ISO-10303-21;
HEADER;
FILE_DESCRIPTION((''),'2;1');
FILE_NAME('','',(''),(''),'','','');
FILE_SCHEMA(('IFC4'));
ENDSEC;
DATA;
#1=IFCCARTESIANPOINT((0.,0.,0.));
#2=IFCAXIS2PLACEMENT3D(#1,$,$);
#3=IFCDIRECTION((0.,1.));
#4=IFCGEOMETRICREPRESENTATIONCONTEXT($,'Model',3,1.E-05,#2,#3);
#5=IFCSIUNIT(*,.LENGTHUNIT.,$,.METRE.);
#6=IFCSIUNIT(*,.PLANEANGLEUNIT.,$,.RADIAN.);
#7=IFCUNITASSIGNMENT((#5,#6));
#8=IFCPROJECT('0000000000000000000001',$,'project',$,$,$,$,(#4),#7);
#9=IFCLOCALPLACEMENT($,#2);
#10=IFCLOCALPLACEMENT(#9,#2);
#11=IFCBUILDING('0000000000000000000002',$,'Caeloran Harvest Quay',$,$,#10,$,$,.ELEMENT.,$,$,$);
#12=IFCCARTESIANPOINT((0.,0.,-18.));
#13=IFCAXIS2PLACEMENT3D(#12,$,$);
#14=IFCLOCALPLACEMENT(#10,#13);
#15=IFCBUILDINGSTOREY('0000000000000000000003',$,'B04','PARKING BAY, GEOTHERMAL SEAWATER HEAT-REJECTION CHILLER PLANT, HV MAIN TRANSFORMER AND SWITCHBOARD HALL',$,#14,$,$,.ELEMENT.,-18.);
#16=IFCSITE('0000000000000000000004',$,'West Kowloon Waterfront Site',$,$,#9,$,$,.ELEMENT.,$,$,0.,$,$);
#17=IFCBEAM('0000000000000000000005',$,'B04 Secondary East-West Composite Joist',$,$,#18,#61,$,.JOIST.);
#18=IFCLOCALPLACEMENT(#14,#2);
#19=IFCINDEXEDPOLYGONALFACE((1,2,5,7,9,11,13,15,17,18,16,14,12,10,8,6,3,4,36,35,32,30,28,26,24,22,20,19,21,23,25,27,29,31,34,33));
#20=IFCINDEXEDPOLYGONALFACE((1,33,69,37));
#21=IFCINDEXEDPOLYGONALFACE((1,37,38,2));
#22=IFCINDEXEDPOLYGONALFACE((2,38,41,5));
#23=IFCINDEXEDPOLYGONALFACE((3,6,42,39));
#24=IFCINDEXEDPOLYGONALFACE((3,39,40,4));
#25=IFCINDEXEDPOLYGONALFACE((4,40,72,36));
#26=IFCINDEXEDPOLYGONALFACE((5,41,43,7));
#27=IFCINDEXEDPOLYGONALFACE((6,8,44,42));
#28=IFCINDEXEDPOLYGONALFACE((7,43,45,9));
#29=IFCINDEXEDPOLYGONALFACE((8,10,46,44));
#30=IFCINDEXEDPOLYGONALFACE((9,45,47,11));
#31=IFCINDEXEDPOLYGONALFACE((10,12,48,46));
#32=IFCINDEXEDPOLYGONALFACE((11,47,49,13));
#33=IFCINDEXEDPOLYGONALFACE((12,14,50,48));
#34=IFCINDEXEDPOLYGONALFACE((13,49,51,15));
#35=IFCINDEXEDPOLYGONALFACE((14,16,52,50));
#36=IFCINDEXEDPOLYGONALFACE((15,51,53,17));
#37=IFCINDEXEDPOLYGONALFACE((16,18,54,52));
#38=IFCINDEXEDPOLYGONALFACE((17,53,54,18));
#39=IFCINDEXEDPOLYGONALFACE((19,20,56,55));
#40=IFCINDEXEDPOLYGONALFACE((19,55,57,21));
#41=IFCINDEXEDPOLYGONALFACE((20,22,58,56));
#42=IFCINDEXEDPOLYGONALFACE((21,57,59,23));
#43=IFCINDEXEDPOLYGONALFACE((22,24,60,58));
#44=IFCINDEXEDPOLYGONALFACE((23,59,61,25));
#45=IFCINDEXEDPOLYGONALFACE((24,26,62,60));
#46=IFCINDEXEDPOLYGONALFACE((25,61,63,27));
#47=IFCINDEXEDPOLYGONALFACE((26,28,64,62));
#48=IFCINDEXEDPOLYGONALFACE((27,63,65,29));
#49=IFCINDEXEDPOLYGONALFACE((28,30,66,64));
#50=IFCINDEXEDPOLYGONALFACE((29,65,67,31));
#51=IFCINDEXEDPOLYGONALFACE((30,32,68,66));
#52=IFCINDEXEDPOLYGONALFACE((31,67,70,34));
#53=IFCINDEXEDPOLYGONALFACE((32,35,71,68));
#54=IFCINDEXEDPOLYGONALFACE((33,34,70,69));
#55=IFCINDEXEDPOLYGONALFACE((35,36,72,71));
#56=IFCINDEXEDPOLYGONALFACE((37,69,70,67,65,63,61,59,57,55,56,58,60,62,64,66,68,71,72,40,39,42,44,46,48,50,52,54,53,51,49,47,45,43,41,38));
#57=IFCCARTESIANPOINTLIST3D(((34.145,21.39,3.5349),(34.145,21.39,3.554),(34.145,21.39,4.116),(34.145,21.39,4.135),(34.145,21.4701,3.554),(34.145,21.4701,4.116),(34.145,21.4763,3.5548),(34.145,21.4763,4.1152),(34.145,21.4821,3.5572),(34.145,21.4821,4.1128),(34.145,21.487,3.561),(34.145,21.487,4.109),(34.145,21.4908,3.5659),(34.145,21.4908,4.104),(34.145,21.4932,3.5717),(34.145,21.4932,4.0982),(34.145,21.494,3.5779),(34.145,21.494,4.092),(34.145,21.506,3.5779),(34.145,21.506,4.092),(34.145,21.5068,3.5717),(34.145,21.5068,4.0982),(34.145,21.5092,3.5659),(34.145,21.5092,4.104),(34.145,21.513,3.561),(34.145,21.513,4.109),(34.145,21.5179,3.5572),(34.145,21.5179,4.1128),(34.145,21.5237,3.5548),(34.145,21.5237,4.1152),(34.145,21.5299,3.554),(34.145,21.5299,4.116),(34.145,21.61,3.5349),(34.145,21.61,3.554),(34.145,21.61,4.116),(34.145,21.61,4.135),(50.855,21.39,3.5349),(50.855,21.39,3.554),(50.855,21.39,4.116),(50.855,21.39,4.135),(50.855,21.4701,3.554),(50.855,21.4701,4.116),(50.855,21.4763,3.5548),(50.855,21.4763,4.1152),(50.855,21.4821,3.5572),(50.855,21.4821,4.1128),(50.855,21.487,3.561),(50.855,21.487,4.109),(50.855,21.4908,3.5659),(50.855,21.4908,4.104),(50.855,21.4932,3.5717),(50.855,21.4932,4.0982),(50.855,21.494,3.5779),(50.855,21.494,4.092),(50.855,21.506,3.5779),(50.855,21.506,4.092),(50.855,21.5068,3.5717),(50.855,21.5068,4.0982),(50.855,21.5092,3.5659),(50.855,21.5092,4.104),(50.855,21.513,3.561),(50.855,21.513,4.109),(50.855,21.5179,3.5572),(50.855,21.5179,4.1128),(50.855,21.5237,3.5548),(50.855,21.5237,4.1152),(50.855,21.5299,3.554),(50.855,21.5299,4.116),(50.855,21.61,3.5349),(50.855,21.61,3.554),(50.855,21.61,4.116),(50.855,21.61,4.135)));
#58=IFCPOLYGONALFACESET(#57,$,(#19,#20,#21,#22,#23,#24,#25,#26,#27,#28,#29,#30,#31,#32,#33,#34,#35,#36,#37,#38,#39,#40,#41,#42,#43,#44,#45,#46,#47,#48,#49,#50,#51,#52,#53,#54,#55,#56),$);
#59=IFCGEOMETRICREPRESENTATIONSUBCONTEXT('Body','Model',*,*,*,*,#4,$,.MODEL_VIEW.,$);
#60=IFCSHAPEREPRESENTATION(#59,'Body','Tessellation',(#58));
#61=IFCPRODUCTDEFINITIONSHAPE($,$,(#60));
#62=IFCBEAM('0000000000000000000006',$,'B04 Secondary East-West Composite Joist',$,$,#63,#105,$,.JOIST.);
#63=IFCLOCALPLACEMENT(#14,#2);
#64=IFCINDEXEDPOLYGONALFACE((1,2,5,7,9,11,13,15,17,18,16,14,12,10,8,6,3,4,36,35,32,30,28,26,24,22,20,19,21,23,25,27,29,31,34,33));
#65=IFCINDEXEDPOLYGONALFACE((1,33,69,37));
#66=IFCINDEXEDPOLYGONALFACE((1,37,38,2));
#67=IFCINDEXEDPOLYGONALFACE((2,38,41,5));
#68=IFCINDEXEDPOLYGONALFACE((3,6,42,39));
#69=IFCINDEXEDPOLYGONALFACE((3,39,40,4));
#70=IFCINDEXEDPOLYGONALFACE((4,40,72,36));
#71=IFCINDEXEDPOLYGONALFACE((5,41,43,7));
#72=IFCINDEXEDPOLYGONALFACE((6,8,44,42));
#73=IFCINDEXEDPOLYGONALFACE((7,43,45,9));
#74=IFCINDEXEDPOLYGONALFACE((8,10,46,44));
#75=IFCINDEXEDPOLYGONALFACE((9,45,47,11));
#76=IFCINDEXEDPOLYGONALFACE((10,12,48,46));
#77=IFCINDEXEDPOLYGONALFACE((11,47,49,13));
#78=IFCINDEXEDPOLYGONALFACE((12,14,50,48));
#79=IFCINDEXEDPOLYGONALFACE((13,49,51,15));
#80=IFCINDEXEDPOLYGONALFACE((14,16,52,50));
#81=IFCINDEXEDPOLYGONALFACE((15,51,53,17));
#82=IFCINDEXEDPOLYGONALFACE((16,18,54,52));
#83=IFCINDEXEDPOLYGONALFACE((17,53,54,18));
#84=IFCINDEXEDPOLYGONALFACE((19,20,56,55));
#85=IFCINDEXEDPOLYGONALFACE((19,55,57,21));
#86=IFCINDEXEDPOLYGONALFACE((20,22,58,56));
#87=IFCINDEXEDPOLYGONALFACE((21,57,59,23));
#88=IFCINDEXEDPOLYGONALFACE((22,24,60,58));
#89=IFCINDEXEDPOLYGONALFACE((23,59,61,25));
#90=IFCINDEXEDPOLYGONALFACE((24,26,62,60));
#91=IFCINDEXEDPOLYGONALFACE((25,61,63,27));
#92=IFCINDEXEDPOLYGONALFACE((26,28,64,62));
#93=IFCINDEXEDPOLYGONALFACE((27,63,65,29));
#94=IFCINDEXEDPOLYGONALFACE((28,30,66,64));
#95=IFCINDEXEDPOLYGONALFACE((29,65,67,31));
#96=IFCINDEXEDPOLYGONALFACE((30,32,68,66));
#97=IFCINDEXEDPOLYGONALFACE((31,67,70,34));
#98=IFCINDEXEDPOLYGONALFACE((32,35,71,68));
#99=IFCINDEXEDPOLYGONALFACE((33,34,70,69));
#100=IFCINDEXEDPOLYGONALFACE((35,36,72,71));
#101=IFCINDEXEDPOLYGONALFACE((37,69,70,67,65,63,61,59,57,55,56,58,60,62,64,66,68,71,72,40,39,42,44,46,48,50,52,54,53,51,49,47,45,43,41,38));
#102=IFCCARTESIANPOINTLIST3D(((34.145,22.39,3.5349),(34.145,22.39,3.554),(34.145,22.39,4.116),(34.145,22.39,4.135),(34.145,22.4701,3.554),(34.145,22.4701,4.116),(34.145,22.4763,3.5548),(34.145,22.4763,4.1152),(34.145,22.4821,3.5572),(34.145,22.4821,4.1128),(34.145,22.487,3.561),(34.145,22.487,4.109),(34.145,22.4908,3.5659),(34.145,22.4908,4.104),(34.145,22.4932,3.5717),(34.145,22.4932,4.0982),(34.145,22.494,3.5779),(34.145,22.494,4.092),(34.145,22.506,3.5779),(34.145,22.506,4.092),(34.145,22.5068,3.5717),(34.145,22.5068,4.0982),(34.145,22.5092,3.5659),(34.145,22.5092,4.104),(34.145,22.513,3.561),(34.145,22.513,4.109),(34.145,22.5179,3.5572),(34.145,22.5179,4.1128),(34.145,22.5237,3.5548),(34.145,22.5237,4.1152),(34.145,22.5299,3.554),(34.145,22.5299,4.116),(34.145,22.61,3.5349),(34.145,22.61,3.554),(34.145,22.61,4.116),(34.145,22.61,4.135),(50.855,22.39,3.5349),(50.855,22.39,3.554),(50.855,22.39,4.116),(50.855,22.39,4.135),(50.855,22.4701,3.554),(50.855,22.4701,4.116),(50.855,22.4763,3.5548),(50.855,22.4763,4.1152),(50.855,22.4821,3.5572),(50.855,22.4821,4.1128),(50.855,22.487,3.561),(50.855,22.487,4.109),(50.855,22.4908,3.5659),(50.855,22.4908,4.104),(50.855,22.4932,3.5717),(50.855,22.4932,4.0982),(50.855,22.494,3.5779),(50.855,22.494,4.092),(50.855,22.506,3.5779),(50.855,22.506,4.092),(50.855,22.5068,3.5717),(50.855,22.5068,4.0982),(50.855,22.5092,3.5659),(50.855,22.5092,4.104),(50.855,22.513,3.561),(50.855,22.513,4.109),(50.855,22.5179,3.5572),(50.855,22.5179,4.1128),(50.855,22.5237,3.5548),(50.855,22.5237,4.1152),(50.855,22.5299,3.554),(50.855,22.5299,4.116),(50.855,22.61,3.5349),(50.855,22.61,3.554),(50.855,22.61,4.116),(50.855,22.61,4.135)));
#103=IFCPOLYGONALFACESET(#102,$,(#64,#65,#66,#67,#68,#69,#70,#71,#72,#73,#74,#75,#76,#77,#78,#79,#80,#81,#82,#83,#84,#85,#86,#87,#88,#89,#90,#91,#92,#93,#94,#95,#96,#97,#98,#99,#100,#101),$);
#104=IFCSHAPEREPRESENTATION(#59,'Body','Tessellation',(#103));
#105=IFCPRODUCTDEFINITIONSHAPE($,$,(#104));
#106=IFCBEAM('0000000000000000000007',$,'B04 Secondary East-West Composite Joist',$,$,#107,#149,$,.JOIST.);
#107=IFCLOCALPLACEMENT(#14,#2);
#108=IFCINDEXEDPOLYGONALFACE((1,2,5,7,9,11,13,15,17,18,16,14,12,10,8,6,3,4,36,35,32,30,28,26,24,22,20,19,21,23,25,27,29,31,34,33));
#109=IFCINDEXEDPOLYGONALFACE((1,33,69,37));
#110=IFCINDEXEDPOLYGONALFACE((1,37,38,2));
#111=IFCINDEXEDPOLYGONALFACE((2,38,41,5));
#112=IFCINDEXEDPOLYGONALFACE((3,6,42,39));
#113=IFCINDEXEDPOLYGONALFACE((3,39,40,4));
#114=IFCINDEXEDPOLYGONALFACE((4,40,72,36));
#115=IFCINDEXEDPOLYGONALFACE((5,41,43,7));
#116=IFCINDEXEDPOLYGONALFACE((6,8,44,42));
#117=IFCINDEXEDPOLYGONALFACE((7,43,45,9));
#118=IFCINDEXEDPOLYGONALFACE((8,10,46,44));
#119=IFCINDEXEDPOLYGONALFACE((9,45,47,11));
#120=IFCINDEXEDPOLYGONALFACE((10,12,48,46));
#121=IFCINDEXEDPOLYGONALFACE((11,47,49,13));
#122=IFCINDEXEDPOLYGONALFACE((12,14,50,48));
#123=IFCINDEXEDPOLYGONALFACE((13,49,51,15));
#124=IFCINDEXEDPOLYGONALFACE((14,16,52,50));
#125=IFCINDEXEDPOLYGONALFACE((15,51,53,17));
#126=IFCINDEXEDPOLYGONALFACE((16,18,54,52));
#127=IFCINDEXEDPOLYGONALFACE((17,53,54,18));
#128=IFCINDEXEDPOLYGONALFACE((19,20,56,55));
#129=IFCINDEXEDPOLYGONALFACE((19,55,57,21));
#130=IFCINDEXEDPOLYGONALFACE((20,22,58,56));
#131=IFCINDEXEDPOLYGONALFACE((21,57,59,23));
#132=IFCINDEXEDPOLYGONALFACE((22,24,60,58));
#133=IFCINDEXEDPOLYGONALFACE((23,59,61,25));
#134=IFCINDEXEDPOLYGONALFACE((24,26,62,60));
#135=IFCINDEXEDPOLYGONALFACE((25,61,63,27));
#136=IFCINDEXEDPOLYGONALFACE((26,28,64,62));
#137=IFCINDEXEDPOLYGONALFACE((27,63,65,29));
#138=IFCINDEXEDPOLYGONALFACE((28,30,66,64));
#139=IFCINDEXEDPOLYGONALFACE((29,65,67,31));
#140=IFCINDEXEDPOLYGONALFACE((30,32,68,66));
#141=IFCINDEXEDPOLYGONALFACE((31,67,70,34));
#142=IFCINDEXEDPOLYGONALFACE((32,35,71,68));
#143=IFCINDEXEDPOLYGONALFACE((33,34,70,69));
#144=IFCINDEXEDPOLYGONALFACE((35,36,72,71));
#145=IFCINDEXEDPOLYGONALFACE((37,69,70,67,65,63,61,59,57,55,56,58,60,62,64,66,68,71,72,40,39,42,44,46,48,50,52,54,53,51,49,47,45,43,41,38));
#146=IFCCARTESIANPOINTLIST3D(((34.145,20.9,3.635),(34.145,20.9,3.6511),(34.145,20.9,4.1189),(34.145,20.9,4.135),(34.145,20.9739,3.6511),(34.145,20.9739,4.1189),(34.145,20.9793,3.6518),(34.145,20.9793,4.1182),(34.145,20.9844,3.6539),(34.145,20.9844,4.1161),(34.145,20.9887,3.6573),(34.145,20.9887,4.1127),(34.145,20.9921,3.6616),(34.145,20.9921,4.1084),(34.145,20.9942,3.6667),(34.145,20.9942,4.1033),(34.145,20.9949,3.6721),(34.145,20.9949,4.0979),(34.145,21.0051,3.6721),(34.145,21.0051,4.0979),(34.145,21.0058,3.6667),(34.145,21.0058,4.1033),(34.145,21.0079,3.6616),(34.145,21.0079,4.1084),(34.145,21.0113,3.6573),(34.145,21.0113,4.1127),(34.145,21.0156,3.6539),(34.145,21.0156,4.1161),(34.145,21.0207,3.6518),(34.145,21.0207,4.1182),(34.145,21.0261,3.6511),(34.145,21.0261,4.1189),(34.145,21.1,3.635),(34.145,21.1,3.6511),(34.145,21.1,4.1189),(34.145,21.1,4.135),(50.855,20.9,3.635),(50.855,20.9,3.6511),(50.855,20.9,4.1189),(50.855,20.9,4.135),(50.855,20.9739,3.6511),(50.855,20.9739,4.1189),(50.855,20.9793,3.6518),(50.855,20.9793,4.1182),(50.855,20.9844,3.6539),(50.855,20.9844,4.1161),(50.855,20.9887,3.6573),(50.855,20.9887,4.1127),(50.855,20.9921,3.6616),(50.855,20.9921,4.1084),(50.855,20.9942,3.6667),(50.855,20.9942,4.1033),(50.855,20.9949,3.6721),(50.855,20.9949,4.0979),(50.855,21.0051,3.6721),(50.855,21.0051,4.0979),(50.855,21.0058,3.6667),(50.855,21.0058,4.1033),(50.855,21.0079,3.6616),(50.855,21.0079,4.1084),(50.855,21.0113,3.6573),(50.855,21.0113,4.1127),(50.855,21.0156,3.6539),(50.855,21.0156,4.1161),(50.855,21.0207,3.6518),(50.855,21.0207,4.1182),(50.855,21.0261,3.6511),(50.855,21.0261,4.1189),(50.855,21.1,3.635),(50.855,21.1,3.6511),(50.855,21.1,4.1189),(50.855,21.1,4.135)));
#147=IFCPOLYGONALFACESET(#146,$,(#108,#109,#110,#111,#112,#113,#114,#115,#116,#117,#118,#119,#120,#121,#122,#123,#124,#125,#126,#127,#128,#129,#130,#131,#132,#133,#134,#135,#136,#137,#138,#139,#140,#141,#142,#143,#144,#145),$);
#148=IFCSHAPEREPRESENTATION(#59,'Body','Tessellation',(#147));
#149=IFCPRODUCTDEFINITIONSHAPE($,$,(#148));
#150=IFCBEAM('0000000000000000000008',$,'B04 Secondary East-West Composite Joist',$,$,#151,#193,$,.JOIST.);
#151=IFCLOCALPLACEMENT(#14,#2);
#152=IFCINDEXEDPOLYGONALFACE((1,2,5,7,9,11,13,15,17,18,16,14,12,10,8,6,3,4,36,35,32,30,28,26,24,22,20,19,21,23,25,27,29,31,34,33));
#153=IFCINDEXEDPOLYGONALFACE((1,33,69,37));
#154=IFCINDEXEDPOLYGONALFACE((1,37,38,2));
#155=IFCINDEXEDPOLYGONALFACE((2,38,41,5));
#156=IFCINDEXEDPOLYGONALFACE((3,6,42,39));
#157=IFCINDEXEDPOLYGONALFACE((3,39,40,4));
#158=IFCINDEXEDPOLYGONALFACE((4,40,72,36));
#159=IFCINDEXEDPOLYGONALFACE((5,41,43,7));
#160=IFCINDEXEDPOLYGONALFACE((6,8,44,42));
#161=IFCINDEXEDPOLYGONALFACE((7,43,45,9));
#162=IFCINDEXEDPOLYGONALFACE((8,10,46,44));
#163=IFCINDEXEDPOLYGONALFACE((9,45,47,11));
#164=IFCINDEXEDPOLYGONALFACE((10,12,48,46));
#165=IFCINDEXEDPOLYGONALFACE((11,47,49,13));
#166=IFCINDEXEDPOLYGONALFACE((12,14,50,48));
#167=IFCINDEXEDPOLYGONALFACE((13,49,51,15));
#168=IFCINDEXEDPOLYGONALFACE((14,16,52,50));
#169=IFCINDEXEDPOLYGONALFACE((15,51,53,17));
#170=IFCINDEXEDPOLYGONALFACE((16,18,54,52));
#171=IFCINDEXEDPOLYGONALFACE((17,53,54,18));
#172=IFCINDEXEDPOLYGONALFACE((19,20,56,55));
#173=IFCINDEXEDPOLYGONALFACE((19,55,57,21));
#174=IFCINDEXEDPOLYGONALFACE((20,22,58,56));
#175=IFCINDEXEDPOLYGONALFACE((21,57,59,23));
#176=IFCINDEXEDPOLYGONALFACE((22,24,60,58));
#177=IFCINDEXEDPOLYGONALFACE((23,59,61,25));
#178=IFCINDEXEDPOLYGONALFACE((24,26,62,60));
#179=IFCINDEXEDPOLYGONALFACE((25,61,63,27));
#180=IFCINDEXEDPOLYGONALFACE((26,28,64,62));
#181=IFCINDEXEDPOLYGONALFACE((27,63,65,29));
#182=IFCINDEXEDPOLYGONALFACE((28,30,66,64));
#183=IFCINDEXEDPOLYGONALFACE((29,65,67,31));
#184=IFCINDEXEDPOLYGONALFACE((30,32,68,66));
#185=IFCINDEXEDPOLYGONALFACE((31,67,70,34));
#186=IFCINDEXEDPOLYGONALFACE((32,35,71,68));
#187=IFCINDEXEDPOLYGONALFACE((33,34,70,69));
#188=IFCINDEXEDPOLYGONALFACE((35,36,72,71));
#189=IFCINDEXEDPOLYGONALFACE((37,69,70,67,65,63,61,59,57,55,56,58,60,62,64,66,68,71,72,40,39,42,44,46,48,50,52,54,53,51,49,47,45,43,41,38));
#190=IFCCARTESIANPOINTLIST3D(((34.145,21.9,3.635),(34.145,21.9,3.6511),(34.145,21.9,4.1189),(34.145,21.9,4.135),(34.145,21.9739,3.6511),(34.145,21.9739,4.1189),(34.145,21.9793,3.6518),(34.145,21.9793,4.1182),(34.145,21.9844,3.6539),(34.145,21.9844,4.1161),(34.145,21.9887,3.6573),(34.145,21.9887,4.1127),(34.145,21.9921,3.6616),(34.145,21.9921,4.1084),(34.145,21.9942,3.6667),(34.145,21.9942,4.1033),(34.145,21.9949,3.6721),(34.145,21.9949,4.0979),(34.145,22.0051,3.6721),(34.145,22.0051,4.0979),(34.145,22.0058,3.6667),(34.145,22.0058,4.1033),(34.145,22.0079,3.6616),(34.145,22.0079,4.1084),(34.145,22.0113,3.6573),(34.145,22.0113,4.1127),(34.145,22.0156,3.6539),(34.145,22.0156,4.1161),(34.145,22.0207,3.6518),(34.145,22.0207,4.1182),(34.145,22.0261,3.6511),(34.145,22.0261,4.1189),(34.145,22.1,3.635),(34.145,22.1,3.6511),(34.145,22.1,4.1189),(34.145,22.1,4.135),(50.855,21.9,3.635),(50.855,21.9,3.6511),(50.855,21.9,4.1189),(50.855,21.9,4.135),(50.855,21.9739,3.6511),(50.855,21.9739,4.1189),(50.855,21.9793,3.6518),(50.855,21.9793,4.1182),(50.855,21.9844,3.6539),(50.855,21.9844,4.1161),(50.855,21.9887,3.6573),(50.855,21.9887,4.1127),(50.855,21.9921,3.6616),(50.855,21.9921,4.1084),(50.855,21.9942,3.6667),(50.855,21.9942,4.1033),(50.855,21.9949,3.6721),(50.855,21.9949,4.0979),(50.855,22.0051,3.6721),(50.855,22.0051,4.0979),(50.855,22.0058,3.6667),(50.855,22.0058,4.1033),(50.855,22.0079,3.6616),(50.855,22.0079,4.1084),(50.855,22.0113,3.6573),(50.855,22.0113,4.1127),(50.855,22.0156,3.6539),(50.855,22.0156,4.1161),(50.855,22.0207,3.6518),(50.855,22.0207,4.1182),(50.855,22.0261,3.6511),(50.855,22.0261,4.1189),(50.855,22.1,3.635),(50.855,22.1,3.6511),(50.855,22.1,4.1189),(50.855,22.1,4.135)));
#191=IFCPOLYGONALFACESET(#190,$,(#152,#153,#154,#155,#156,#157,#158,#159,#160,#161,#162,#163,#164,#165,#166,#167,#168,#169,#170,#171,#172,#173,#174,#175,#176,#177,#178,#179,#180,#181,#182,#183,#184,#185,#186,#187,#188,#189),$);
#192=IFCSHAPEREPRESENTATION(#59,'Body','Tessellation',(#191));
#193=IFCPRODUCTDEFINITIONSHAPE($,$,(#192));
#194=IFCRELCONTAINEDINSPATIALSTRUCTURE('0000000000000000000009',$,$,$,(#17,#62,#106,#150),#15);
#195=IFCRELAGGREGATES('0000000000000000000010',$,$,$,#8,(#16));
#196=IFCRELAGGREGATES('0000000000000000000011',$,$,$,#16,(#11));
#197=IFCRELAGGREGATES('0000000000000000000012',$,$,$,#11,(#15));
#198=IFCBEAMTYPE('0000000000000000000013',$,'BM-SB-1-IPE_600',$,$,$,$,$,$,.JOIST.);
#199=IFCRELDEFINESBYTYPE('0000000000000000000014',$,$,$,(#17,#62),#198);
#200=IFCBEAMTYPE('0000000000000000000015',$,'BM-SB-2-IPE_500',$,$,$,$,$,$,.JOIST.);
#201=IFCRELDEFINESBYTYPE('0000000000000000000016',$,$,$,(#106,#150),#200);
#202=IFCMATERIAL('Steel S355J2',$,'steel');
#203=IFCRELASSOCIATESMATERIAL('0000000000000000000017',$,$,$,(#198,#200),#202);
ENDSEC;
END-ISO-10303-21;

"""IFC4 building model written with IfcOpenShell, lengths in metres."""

from ifc_helpers import new_model, si_unit, direction, frame, origin, origin_2d, place, context, subcontext, project, spatial, i_section, extrude, material, material_profile, profile_set, type_object, element, save


model = new_model("IFC4")

# Units and contexts
model_context = context("Model", 3, precision=1e-05, world=origin(), true_north=direction((0.0, 1.0)))
body_context = subcontext(model_context, "Body", "Model", "MODEL_VIEW")
ifc_project = project(units=[si_unit("LENGTHUNIT", "METRE"), si_unit("PLANEANGLEUNIT", "RADIAN")], contexts=[model_context])

# Site, building, storey
site_placement = place(None, origin())
site = spatial("IfcSite", under=ifc_project, at=site_placement, Name="West Kowloon Waterfront Site", CompositionType="ELEMENT", RefElevation=0.0)
building_placement = place(site_placement, origin())
building = spatial("IfcBuilding", under=site, at=building_placement, Name="Caeloran Harvest Quay", CompositionType="ELEMENT")
storey_placement = place(building_placement, frame((0.0, 0.0, -18.0)))
storey = spatial("IfcBuildingStorey", under=building, at=storey_placement, Name="B04", Description="PARKING BAY, GEOTHERMAL SEAWATER HEAT-REJECTION CHILLER PLANT, HV MAIN TRANSFORMER AND SWITCHBOARD HALL", CompositionType="ELEMENT", Elevation=-18.0)

# Beams
ifc_material_1 = material(Name="Steel S355J2", Category="steel")
ifc_material_profile_1 = material_profile(ifc_material_1, i_section(OverallWidth=0.22, OverallDepth=0.6001, WebThickness=0.012, FlangeThickness=0.019, FilletRadius=0.0239, at=origin_2d()), Name="IPE 600")
ifc_profile_set_1 = profile_set([ifc_material_profile_1], Name="Steel S355J2")
beam_type_1 = type_object("IfcBeamType", Name="BM-SB-1-IPE_600", PredefinedType="JOIST", material=ifc_profile_set_1)
for number, where, z_axis, x_axis, name in (
    (1, (34.145, 21.5, 3.835), (1.0, 0.0, 0.0), (0.0, 1.0, 0.0), "B04 Secondary East-West Composite Joist"),
    (2, (34.145, 22.5, 3.835), (1.0, 0.0, 0.0), (0.0, 1.0, 0.0), "B04 Secondary East-West Composite Joist"),
):
    element("IfcBeam", number, at=place(storey_placement, frame(where, z_axis=z_axis, x_axis=x_axis)), inside=storey, type_object=beam_type_1, Name=name, PredefinedType="JOIST", context=body_context, shape_type="SweptSolid", body=[
        extrude(i_section(OverallWidth=0.22, OverallDepth=0.6001, WebThickness=0.012, FlangeThickness=0.019, FilletRadius=0.0239, at=origin_2d()), origin(), (0.0, 0.0, 1.0), 16.71),
    ])
ifc_material_profile_2 = material_profile(ifc_material_1, i_section(OverallWidth=0.2, OverallDepth=0.5, WebThickness=0.0103, FlangeThickness=0.0161, FilletRadius=0.021, at=origin_2d()), Name="IPE 500")
ifc_profile_set_2 = profile_set([ifc_material_profile_2], Name="Steel S355J2")
beam_type_2 = type_object("IfcBeamType", Name="BM-SB-2-IPE_500", PredefinedType="JOIST", material=ifc_profile_set_2)
for number, where, z_axis, x_axis, name in (
    (3, (34.145, 21.0, 3.885), (1.0, 0.0, 0.0), (0.0, 1.0, 0.0), "B04 Secondary East-West Composite Joist"),
    (4, (34.145, 22.0, 3.885), (1.0, 0.0, 0.0), (0.0, 1.0, 0.0), "B04 Secondary East-West Composite Joist"),
):
    element("IfcBeam", number, at=place(storey_placement, frame(where, z_axis=z_axis, x_axis=x_axis)), inside=storey, type_object=beam_type_2, Name=name, PredefinedType="JOIST", context=body_context, shape_type="SweptSolid", body=[
        extrude(i_section(OverallWidth=0.2, OverallDepth=0.5, WebThickness=0.0103, FlangeThickness=0.0161, FilletRadius=0.021, at=origin_2d()), origin(), (0.0, 0.0, 1.0), 16.71),
    ])

save(model, "model.ifc")
